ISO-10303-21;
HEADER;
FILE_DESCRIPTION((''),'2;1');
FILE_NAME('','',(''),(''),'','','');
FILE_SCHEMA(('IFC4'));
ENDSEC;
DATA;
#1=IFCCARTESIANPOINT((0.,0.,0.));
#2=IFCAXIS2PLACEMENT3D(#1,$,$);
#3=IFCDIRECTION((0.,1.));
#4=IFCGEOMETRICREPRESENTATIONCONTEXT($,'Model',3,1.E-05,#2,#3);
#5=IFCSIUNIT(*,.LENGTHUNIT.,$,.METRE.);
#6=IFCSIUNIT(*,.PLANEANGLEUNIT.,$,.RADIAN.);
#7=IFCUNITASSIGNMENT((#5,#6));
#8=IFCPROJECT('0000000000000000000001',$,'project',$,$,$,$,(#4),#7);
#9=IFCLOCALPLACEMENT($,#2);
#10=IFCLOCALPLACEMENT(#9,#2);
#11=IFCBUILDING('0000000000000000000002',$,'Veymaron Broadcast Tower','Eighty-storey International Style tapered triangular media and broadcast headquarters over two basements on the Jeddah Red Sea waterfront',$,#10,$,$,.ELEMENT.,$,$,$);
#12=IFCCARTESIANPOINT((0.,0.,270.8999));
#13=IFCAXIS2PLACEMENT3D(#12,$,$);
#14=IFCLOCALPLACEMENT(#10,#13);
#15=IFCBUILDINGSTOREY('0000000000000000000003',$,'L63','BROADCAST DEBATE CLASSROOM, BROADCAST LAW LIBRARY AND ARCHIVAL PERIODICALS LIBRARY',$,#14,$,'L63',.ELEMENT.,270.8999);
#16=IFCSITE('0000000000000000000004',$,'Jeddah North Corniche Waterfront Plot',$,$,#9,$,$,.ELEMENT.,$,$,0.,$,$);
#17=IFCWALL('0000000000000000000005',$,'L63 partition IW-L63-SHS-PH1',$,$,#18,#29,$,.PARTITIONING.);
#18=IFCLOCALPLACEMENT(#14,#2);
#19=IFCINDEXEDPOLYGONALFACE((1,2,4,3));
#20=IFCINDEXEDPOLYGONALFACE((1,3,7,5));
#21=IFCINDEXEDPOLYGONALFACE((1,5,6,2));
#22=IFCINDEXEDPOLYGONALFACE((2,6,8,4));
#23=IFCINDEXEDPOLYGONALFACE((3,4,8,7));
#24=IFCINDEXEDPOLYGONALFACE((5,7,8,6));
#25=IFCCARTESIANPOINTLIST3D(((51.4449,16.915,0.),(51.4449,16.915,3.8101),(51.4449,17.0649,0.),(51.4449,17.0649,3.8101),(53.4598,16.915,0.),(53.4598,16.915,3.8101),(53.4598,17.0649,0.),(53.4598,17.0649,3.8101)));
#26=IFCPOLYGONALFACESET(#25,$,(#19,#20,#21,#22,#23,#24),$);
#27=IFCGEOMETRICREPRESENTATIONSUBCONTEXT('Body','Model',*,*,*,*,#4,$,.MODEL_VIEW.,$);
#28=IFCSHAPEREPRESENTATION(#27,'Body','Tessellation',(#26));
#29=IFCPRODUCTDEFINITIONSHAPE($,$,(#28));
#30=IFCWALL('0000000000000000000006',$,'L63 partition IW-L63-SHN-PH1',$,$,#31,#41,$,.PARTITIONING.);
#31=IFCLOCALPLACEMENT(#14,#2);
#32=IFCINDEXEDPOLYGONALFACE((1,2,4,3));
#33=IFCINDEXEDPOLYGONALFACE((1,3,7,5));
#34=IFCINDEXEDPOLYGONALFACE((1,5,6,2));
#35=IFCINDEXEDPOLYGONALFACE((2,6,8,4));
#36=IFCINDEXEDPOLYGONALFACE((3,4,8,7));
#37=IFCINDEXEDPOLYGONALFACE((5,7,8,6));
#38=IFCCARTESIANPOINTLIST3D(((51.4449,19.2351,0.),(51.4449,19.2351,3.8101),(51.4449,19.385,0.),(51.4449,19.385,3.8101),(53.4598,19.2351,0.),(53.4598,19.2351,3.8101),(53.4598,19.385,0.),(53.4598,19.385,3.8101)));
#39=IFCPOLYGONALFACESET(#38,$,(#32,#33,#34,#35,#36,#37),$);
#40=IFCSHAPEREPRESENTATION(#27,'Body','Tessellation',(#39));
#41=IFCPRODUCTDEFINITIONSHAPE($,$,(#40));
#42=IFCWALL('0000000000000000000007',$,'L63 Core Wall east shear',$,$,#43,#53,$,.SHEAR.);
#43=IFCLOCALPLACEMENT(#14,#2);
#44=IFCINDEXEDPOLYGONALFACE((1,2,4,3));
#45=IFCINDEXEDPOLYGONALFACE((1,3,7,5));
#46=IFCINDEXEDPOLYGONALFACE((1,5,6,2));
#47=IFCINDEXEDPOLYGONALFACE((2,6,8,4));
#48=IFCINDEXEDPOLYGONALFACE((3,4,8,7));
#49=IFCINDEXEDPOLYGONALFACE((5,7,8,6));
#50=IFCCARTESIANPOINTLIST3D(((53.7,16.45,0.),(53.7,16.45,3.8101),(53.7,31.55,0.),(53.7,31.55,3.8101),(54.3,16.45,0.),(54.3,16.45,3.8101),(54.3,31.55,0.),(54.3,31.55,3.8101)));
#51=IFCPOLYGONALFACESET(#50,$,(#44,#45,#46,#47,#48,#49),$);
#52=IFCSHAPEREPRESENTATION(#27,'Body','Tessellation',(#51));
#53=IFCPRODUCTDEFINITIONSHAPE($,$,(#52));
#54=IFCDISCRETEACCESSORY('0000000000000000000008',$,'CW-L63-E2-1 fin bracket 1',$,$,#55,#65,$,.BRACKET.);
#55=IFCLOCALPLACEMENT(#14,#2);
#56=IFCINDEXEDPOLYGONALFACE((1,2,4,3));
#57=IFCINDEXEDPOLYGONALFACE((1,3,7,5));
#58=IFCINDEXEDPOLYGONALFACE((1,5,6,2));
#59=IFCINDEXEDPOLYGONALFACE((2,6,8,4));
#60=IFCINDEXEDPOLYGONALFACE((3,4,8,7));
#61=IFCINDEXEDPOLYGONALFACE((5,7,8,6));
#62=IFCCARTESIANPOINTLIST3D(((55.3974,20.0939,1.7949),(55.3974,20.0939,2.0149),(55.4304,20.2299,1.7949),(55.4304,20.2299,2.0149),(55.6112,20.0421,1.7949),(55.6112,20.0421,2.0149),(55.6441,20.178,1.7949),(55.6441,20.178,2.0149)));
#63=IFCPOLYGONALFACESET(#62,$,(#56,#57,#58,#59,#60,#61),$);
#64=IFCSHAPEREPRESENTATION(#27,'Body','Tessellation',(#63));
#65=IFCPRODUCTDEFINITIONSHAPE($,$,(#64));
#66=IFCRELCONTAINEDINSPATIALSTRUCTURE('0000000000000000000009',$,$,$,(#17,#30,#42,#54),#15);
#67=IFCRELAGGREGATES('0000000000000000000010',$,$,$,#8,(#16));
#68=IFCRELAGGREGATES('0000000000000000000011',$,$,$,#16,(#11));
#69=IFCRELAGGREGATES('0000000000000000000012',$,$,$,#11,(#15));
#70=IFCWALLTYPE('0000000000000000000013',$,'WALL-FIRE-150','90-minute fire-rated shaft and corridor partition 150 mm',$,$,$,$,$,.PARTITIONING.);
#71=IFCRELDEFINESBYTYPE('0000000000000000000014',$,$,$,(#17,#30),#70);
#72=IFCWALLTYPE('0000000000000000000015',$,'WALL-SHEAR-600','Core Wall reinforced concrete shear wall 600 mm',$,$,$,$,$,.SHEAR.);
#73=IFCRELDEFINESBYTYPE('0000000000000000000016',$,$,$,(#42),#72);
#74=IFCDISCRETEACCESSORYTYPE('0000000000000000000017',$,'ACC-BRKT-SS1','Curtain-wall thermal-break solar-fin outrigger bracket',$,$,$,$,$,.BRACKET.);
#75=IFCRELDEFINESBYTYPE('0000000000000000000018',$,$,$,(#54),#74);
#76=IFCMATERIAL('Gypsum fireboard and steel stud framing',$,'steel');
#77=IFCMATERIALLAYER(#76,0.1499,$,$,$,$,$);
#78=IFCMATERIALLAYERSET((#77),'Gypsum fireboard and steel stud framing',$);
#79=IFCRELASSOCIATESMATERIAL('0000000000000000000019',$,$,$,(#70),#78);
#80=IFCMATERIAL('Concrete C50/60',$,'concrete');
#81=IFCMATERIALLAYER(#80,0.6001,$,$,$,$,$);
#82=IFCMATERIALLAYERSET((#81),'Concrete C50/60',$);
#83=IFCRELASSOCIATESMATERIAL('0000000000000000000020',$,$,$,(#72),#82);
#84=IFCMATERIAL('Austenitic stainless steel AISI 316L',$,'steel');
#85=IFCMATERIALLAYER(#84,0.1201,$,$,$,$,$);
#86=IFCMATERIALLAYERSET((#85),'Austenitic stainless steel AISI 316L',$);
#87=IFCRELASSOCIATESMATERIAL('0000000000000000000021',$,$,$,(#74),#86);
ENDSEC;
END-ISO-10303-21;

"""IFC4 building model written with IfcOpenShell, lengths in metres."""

from ifc_helpers import new_model, si_unit, direction, frame, frame_2d, origin, origin_2d, place, context, subcontext, project, spatial, rectangle, extrude, material, layer, layer_set, type_object, element, save


model = new_model("IFC4")

# Units and contexts
model_context = context("Model", 3, precision=1e-05, world=origin(), true_north=direction((0.0, 1.0)))
body_context = subcontext(model_context, "Body", "Model", "MODEL_VIEW")
ifc_project = project(units=[si_unit("LENGTHUNIT", "METRE"), si_unit("PLANEANGLEUNIT", "RADIAN")], contexts=[model_context])

# Site, building, storey
site_placement = place(None, origin())
site = spatial("IfcSite", under=ifc_project, at=site_placement, Name="Jeddah North Corniche Waterfront Plot", CompositionType="ELEMENT", RefElevation=0.0)
building_placement = place(site_placement, origin())
building = spatial("IfcBuilding", under=site, at=building_placement, Name="Veymaron Broadcast Tower", Description="Eighty-storey International Style tapered triangular media and broadcast headquarters over two basements on the Jeddah Red Sea waterfront", CompositionType="ELEMENT")
storey_placement = place(building_placement, frame((0.0, 0.0, 270.8999)))
storey = spatial("IfcBuildingStorey", under=building, at=storey_placement, Name="L63", Description="BROADCAST DEBATE CLASSROOM, BROADCAST LAW LIBRARY AND ARCHIVAL PERIODICALS LIBRARY", LongName="L63", CompositionType="ELEMENT", Elevation=270.8999)

# Walls
ifc_material_1 = material(Name="Gypsum fireboard and steel stud framing", Category="steel")
ifc_layer_1 = layer(ifc_material_1, 0.1499)
ifc_layer_set_1 = layer_set([ifc_layer_1], Name="Gypsum fireboard and steel stud framing")
wall_type_1 = type_object("IfcWallType", Name="WALL-FIRE-150", Description="90-minute fire-rated shaft and corridor partition 150 mm", PredefinedType="PARTITIONING", material=ifc_layer_set_1)
for number, where, z_axis, x_axis, name in (
    (1, (51.4451, 16.99, 0.0), (0.0, 0.0, 1.0), (1.0, 0.0, 0.0), "L63 partition IW-L63-SHS-PH1"),
    (2, (51.4451, 19.3101, 0.0), (0.0, 0.0, 1.0), (1.0, 0.0, 0.0), "L63 partition IW-L63-SHN-PH1"),
):
    element("IfcWall", number, at=place(storey_placement, frame(where, z_axis=z_axis, x_axis=x_axis)), inside=storey, type_object=wall_type_1, Name=name, PredefinedType="PARTITIONING", context=body_context, shape_type="SweptSolid", body=[
        extrude(rectangle(XDim=2.0149, YDim=0.1499, at=frame_2d((1.0073, 0.0))), origin(), (0.0, 0.0, 1.0), 3.8101),
    ])
ifc_material_2 = material(Name="Concrete C50/60", Category="concrete")
ifc_layer_2 = layer(ifc_material_2, 0.6001)
ifc_layer_set_2 = layer_set([ifc_layer_2], Name="Concrete C50/60")
wall_type_2 = type_object("IfcWallType", Name="WALL-SHEAR-600", Description="Core Wall reinforced concrete shear wall 600 mm", PredefinedType="SHEAR", material=ifc_layer_set_2)
wall_placement = place(storey_placement, frame((54.0, 16.45, 0.0), z_axis=(0.0, 0.0, 1.0), x_axis=(0.0, 1.0, 0.0)))
element("IfcWall", 3, at=wall_placement, inside=storey, type_object=wall_type_2, Name="L63 Core Wall east shear", PredefinedType="SHEAR", context=body_context, shape_type="SweptSolid", body=[
    extrude(rectangle(XDim=15.1001, YDim=0.6001, at=frame_2d((7.55, 0.0))), origin(), (0.0, 0.0, 1.0), 3.8101),
])

# Discrete accessory
ifc_material_3 = material(Name="Austenitic stainless steel AISI 316L", Category="steel")
ifc_layer_3 = layer(ifc_material_3, 0.1201)
ifc_layer_set_3 = layer_set([ifc_layer_3], Name="Austenitic stainless steel AISI 316L")
discrete_accessory_type = type_object("IfcDiscreteAccessoryType", Name="ACC-BRKT-SS1", Description="Curtain-wall thermal-break solar-fin outrigger bracket", PredefinedType="BRACKET", material=ifc_layer_set_3)
discrete_accessory_placement = place(storey_placement, frame((55.5208, 20.136, 1.7949), z_axis=(0.0, 0.0, 1.0), x_axis=(0.971825, -0.235702, 0.0)))
element("IfcDiscreteAccessory", 4, at=discrete_accessory_placement, inside=storey, type_object=discrete_accessory_type, Name="CW-L63-E2-1 fin bracket 1", PredefinedType="BRACKET", context=body_context, shape_type="SweptSolid", body=[
    extrude(rectangle(XDim=0.22, YDim=0.1399, at=origin_2d()), origin(), (0.0, 0.0, 1.0), 0.22),
])

save(model, "model.ifc")
